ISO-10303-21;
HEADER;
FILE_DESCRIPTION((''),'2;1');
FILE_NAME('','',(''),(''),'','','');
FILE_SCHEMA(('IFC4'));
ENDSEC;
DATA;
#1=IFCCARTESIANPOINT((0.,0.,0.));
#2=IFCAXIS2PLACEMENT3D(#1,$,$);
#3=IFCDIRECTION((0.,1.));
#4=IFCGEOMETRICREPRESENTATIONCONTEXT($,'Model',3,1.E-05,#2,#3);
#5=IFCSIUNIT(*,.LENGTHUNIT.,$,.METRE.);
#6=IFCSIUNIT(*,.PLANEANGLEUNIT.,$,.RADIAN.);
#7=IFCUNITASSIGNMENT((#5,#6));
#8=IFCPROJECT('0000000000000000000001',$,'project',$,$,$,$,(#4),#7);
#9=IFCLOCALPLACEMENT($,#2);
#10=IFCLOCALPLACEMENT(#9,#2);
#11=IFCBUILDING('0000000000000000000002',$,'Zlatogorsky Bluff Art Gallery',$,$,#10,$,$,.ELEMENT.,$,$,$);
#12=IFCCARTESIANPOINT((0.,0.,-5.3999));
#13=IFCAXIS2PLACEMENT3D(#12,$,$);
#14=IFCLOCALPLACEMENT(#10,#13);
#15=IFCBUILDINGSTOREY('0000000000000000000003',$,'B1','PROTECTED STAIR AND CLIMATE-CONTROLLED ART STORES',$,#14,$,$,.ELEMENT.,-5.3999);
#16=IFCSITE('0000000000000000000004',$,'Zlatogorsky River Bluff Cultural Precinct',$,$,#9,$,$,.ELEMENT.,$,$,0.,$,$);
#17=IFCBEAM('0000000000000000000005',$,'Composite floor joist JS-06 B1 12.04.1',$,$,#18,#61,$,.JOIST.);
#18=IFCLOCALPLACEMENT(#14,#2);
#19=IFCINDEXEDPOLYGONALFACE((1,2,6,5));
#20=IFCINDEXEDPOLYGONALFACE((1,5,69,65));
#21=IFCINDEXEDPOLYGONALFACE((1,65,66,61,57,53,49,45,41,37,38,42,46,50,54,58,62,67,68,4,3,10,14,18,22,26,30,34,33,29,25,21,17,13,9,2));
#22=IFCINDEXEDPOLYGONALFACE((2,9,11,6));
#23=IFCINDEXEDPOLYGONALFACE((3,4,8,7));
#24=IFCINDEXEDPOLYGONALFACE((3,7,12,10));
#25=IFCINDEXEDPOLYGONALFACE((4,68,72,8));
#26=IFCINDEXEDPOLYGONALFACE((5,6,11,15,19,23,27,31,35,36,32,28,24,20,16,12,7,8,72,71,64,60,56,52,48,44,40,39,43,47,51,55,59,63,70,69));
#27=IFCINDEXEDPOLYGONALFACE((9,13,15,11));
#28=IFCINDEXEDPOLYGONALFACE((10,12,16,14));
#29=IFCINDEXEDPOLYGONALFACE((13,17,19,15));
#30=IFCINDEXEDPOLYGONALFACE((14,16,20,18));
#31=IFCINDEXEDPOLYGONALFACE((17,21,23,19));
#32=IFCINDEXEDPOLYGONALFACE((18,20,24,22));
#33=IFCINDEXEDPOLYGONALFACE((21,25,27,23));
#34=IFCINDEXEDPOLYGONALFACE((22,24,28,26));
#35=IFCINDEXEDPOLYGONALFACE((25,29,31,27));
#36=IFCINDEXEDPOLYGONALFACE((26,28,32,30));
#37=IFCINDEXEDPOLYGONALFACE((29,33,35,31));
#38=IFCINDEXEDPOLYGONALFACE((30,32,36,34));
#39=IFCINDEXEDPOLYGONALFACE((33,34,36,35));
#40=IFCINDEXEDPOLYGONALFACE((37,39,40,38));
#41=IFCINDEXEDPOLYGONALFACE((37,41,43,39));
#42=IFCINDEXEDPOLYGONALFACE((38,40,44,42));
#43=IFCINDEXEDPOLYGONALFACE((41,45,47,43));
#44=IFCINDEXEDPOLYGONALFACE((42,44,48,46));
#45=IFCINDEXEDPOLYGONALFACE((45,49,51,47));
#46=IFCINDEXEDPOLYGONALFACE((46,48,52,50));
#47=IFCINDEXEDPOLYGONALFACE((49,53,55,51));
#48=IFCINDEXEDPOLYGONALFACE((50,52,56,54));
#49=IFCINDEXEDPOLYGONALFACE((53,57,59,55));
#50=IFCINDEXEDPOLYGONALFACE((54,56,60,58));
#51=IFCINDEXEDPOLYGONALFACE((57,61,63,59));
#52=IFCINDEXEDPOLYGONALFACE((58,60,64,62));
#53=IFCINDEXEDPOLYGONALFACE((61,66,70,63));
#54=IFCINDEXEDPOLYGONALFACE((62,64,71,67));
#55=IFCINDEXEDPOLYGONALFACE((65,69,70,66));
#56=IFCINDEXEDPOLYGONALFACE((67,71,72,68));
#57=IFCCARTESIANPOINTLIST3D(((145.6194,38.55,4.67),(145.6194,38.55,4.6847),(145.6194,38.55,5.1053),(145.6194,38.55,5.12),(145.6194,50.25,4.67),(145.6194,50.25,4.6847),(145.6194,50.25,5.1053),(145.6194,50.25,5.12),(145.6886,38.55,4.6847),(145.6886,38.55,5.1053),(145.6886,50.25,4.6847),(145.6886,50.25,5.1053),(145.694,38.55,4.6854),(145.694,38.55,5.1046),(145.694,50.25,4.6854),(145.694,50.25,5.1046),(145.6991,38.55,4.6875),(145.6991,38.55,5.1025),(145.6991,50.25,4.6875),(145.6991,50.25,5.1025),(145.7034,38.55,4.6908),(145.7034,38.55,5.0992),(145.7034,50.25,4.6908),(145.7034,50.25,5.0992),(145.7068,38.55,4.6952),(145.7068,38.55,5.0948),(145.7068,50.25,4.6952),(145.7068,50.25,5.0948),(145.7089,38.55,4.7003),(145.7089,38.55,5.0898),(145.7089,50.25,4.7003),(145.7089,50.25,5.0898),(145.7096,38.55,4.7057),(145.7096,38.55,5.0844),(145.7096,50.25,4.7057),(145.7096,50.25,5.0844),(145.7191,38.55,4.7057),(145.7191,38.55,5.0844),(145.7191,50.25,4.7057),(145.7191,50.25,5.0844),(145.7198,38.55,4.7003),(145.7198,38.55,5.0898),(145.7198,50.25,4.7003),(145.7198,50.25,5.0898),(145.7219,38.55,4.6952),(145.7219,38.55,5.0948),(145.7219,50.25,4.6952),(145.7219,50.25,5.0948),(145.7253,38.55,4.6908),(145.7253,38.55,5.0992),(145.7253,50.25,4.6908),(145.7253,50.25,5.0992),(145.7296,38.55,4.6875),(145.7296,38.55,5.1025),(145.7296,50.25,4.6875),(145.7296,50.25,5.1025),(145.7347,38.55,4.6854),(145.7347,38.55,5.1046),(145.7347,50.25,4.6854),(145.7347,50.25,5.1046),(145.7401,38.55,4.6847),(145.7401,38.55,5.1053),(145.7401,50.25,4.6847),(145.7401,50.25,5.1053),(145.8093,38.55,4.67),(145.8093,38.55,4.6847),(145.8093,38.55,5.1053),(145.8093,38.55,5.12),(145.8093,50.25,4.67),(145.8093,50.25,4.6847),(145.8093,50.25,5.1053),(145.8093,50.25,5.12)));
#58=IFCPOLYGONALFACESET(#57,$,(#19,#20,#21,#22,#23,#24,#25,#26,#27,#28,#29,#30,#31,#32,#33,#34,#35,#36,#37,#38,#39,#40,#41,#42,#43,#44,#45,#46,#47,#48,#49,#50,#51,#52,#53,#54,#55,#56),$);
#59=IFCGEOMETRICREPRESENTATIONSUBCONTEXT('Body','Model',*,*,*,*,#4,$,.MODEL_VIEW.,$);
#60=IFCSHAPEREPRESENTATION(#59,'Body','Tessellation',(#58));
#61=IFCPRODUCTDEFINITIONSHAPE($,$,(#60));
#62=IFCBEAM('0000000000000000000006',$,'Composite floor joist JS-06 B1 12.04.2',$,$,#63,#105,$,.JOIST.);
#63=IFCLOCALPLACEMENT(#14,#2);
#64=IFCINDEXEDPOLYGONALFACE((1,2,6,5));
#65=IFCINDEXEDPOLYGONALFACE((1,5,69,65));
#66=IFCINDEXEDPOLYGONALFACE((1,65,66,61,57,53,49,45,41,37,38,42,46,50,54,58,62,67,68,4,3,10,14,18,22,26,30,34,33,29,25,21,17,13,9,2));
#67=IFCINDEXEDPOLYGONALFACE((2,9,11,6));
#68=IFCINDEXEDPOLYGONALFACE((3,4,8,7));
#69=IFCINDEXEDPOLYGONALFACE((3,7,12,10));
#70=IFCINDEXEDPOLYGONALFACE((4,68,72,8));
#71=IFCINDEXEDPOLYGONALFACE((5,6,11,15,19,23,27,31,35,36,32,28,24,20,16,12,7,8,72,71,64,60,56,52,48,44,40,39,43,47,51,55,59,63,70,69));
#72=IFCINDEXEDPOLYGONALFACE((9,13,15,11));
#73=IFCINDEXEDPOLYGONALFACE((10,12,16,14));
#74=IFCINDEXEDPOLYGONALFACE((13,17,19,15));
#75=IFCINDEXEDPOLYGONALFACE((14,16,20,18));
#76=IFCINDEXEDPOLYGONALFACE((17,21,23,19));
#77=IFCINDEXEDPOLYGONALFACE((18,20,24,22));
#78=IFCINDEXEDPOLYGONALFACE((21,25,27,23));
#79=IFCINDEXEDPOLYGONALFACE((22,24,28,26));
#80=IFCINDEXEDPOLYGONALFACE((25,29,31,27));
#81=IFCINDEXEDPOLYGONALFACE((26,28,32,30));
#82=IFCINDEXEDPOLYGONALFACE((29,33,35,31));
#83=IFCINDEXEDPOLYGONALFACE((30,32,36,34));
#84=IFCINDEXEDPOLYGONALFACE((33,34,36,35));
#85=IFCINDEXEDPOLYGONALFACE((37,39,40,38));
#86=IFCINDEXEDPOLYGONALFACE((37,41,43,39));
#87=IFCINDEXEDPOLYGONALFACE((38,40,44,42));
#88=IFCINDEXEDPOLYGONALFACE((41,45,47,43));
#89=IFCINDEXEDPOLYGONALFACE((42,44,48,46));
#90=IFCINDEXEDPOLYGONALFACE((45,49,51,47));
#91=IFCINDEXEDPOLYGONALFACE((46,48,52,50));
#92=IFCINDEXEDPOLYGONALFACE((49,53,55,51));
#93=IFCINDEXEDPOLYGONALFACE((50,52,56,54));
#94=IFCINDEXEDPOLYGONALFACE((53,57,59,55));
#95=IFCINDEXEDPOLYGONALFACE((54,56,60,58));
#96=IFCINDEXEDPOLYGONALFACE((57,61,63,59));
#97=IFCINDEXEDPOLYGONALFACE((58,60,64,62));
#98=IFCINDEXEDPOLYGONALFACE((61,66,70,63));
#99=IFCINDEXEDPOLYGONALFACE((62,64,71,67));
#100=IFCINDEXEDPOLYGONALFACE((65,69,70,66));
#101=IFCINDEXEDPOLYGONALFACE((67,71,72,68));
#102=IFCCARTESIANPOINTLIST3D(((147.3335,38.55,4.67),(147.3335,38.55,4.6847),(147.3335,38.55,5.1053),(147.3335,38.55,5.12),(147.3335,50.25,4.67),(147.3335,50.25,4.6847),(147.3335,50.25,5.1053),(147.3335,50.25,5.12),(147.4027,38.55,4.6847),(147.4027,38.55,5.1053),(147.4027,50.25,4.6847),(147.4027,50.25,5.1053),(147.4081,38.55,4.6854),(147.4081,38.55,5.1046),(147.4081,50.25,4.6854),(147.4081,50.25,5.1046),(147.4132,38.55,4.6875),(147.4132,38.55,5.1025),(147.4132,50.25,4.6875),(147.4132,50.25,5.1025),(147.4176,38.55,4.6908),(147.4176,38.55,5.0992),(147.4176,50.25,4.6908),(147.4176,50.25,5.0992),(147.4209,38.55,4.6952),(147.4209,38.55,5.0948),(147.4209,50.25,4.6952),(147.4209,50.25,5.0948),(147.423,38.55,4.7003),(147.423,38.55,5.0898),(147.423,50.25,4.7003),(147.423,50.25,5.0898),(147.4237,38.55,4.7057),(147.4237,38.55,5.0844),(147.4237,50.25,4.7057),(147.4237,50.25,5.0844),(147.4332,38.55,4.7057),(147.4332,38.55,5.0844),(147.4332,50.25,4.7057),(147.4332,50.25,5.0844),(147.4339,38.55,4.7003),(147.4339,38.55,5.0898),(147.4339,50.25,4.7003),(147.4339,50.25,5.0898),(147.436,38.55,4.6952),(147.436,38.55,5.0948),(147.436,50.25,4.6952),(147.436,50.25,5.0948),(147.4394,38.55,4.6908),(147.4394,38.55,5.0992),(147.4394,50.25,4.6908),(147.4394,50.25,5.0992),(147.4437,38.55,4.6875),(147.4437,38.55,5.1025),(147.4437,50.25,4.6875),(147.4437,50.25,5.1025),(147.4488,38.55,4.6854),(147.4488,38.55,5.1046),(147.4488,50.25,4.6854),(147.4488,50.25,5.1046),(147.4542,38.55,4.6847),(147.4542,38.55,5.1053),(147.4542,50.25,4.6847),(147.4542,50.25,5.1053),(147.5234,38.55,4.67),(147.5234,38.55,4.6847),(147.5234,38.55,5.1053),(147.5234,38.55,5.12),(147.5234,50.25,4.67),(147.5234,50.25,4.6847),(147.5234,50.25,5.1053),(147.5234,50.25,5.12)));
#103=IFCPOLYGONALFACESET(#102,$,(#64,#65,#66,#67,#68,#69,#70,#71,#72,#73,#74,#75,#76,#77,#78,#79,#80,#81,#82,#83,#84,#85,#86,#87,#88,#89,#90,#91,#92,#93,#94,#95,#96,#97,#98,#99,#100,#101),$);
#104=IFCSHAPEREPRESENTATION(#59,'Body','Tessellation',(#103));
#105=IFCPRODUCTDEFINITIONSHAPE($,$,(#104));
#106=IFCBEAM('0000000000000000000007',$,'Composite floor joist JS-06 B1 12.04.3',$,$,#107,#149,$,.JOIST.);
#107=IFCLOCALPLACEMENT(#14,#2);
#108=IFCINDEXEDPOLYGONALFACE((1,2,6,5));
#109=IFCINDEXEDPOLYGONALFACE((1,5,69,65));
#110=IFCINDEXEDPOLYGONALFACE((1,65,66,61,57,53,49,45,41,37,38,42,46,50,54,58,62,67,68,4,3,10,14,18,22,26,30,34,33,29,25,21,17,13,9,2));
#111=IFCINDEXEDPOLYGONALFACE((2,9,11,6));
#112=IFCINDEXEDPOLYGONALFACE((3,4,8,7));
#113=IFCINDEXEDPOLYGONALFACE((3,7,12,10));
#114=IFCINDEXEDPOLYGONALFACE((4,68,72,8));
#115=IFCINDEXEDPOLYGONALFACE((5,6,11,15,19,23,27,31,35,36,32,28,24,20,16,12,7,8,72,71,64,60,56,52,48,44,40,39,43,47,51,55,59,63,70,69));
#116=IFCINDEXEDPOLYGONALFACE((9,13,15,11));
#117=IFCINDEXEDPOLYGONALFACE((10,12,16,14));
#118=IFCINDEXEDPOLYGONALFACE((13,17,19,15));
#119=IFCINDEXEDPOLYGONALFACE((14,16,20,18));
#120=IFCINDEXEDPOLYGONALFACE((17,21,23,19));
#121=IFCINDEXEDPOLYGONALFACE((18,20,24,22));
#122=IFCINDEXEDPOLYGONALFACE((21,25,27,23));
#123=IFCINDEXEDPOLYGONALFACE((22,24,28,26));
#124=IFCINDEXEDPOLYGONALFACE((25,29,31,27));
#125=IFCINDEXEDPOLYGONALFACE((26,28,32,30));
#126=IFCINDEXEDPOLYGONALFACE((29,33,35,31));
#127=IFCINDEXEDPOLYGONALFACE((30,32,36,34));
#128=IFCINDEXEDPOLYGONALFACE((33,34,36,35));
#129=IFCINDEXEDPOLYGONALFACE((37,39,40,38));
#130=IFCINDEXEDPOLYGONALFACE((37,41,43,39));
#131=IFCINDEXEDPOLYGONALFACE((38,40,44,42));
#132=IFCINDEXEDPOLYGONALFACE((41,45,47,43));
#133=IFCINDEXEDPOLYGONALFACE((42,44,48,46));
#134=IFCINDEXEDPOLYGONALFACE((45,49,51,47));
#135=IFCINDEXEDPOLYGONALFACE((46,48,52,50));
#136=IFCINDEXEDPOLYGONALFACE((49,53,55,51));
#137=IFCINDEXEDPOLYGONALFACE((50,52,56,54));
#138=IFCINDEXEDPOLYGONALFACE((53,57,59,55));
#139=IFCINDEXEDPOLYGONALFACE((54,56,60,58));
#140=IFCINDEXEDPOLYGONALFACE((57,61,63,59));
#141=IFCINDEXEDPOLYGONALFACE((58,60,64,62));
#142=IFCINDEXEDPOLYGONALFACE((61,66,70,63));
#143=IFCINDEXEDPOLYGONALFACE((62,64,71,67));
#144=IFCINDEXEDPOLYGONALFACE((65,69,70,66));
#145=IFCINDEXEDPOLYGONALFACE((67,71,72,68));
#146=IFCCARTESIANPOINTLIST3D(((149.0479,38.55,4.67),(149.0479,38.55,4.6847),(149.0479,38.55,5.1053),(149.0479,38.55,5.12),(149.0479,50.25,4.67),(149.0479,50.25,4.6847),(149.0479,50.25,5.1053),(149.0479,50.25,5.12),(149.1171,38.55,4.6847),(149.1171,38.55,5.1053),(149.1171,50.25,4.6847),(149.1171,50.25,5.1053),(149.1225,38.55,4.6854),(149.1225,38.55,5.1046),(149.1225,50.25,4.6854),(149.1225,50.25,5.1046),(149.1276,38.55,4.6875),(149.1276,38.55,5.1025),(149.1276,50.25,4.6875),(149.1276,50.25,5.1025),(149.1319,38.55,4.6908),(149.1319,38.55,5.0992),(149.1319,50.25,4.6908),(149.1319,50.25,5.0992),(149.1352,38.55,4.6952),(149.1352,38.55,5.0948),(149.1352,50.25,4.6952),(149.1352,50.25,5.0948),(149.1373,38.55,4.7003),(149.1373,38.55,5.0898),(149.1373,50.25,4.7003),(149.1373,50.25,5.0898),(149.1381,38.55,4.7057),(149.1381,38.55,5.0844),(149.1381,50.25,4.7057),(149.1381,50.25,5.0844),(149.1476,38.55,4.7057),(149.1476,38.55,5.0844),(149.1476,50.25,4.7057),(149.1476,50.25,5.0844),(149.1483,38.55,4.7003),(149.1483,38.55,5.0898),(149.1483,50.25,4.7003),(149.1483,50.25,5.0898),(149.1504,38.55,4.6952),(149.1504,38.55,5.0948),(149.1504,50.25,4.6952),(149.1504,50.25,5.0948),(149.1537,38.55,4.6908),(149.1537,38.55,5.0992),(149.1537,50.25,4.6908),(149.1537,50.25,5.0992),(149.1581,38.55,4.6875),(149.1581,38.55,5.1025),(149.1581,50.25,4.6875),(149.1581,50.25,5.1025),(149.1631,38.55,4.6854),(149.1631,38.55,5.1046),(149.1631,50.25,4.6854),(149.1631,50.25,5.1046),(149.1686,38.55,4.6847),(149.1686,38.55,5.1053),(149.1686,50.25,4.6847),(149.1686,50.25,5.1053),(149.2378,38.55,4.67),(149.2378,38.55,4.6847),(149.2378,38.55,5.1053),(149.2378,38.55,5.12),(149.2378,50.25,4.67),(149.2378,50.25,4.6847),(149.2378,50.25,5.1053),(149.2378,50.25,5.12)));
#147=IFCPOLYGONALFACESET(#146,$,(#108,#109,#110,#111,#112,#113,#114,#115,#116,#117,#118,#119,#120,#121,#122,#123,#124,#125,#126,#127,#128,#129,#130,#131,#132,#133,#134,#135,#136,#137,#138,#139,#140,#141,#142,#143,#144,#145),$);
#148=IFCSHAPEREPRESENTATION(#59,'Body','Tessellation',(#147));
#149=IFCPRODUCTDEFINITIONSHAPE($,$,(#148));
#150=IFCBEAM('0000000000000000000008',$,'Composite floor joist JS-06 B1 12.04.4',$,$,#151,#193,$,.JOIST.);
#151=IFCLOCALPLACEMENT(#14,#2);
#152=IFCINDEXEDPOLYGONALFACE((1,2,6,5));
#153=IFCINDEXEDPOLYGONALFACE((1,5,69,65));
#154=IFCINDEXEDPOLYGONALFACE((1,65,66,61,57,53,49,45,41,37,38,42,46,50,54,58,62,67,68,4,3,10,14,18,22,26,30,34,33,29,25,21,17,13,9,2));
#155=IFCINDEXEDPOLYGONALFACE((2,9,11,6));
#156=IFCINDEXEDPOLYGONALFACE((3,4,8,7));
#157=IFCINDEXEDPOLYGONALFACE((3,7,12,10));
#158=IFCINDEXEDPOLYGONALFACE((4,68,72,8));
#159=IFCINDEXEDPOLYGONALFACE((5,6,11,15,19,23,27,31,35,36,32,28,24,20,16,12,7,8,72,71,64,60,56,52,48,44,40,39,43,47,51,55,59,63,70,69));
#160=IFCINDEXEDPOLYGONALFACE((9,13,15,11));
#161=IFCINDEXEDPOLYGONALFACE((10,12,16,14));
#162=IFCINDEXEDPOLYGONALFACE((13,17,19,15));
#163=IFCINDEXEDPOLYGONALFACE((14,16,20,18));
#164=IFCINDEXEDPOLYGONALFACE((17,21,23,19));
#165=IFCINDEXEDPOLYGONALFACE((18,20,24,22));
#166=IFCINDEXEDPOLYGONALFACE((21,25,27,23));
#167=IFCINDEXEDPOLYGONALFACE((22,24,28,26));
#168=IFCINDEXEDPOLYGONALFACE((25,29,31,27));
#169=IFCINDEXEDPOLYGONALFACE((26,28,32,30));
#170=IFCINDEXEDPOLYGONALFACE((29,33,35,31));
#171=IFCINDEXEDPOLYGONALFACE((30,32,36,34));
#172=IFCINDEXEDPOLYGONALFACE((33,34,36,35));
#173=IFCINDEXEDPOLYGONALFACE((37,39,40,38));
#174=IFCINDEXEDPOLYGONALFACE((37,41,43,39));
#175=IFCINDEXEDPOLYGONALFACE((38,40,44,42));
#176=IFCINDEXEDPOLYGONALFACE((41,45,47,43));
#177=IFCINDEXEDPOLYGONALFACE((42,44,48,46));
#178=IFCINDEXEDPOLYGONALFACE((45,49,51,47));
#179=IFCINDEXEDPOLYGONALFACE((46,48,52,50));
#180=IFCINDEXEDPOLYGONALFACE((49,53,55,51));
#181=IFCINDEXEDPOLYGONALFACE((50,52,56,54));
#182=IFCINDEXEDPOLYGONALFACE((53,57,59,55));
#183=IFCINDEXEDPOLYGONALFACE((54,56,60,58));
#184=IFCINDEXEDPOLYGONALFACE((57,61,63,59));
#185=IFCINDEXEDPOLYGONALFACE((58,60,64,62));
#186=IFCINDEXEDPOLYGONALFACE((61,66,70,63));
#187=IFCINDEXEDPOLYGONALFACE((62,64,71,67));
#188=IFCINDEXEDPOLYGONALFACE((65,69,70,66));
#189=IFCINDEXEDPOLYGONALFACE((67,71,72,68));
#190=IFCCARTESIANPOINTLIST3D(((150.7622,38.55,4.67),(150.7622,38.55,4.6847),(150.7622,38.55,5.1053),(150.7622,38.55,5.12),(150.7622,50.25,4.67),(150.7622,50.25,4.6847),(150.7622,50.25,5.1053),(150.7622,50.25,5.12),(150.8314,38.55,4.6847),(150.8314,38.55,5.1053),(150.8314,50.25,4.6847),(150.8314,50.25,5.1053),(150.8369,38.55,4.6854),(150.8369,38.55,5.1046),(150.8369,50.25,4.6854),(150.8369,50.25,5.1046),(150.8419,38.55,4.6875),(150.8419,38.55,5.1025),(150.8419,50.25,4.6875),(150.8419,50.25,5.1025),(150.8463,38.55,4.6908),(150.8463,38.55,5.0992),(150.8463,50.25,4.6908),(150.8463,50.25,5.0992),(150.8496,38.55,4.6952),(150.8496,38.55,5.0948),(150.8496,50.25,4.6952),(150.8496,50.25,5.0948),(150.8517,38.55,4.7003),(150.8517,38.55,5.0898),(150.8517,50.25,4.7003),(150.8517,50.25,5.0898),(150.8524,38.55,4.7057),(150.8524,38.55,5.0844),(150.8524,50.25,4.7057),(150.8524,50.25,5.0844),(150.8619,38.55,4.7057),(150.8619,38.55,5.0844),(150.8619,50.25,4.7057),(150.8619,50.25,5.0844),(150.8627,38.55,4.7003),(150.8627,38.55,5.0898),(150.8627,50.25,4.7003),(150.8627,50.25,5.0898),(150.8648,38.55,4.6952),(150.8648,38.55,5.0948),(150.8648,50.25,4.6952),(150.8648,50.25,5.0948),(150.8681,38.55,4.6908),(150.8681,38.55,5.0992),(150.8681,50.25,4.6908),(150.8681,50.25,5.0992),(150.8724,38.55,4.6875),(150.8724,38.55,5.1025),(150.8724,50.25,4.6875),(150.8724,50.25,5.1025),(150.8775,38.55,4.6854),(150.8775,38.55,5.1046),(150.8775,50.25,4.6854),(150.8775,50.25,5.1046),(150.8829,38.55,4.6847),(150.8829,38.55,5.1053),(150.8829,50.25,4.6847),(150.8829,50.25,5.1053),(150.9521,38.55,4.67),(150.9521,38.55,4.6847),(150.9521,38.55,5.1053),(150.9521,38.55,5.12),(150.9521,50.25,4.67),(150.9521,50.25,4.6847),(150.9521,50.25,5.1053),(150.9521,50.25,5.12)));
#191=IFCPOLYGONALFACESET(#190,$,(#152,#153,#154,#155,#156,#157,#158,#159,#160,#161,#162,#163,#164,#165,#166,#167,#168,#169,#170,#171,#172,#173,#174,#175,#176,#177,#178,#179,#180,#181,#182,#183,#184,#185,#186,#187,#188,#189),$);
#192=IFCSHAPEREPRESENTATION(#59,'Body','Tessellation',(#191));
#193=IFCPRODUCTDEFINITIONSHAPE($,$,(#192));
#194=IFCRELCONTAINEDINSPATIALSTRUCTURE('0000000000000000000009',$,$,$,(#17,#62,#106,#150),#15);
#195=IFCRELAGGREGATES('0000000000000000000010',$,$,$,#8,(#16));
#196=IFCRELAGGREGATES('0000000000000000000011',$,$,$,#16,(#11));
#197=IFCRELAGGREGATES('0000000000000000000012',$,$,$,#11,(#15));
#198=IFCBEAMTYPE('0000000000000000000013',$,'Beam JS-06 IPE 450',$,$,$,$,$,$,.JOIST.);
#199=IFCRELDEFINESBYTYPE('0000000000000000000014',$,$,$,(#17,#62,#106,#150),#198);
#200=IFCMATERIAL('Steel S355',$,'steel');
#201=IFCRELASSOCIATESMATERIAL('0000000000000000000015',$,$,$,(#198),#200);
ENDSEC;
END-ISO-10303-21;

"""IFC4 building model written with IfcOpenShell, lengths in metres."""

from ifc_helpers import new_model, si_unit, direction, frame, origin, origin_2d, place, context, subcontext, project, spatial, i_section, extrude, material, material_profile, profile_set, type_object, element, save


model = new_model("IFC4")

# Units and contexts
model_context = context("Model", 3, precision=1e-05, world=origin(), true_north=direction((0.0, 1.0)))
body_context = subcontext(model_context, "Body", "Model", "MODEL_VIEW")
ifc_project = project(units=[si_unit("LENGTHUNIT", "METRE"), si_unit("PLANEANGLEUNIT", "RADIAN")], contexts=[model_context])

# Site, building, storey
site_placement = place(None, origin())
site = spatial("IfcSite", under=ifc_project, at=site_placement, Name="Zlatogorsky River Bluff Cultural Precinct", CompositionType="ELEMENT", RefElevation=0.0)
building_placement = place(site_placement, origin())
building = spatial("IfcBuilding", under=site, at=building_placement, Name="Zlatogorsky Bluff Art Gallery", CompositionType="ELEMENT")
storey_placement = place(building_placement, frame((0.0, 0.0, -5.3999)))
storey = spatial("IfcBuildingStorey", under=building, at=storey_placement, Name="B1", Description="PROTECTED STAIR AND CLIMATE-CONTROLLED ART STORES", CompositionType="ELEMENT", Elevation=-5.3999)

# Beams
ifc_material_1 = material(Name="Steel S355", Category="steel")
ifc_material_profile_1 = material_profile(ifc_material_1, i_section(OverallWidth=0.1899, OverallDepth=0.45, WebThickness=0.0095, FlangeThickness=0.0146, FilletRadius=0.021, at=origin_2d()), Name="IPE 450")
ifc_profile_set_1 = profile_set([ifc_material_profile_1], Name="Steel S355")
beam_type_1 = type_object("IfcBeamType", Name="Beam JS-06 IPE 450", PredefinedType="JOIST", material=ifc_profile_set_1)
for number, where, z_axis, x_axis, name in (
    (1, (145.7144, 38.55, 4.895), (0.0, 1.0, 0.0), (-1.0, 0.0, 0.0), "Composite floor joist JS-06 B1 12.04.1"),
    (2, (147.4285, 38.55, 4.895), (0.0, 1.0, 0.0), (-1.0, 0.0, 0.0), "Composite floor joist JS-06 B1 12.04.2"),
    (3, (149.1428, 38.55, 4.895), (0.0, 1.0, 0.0), (-1.0, 0.0, 0.0), "Composite floor joist JS-06 B1 12.04.3"),
    (4, (150.8572, 38.55, 4.895), (0.0, 1.0, 0.0), (-1.0, 0.0, 0.0), "Composite floor joist JS-06 B1 12.04.4"),
):
    element("IfcBeam", number, at=place(storey_placement, frame(where, z_axis=z_axis, x_axis=x_axis)), inside=storey, type_object=beam_type_1, Name=name, PredefinedType="JOIST", context=body_context, shape_type="SweptSolid", body=[
        extrude(i_section(OverallWidth=0.1899, OverallDepth=0.45, WebThickness=0.0095, FlangeThickness=0.0146, FilletRadius=0.021, at=origin_2d()), origin(), (0.0, 0.0, 1.0), 11.7),
    ])

save(model, "model.ifc")
